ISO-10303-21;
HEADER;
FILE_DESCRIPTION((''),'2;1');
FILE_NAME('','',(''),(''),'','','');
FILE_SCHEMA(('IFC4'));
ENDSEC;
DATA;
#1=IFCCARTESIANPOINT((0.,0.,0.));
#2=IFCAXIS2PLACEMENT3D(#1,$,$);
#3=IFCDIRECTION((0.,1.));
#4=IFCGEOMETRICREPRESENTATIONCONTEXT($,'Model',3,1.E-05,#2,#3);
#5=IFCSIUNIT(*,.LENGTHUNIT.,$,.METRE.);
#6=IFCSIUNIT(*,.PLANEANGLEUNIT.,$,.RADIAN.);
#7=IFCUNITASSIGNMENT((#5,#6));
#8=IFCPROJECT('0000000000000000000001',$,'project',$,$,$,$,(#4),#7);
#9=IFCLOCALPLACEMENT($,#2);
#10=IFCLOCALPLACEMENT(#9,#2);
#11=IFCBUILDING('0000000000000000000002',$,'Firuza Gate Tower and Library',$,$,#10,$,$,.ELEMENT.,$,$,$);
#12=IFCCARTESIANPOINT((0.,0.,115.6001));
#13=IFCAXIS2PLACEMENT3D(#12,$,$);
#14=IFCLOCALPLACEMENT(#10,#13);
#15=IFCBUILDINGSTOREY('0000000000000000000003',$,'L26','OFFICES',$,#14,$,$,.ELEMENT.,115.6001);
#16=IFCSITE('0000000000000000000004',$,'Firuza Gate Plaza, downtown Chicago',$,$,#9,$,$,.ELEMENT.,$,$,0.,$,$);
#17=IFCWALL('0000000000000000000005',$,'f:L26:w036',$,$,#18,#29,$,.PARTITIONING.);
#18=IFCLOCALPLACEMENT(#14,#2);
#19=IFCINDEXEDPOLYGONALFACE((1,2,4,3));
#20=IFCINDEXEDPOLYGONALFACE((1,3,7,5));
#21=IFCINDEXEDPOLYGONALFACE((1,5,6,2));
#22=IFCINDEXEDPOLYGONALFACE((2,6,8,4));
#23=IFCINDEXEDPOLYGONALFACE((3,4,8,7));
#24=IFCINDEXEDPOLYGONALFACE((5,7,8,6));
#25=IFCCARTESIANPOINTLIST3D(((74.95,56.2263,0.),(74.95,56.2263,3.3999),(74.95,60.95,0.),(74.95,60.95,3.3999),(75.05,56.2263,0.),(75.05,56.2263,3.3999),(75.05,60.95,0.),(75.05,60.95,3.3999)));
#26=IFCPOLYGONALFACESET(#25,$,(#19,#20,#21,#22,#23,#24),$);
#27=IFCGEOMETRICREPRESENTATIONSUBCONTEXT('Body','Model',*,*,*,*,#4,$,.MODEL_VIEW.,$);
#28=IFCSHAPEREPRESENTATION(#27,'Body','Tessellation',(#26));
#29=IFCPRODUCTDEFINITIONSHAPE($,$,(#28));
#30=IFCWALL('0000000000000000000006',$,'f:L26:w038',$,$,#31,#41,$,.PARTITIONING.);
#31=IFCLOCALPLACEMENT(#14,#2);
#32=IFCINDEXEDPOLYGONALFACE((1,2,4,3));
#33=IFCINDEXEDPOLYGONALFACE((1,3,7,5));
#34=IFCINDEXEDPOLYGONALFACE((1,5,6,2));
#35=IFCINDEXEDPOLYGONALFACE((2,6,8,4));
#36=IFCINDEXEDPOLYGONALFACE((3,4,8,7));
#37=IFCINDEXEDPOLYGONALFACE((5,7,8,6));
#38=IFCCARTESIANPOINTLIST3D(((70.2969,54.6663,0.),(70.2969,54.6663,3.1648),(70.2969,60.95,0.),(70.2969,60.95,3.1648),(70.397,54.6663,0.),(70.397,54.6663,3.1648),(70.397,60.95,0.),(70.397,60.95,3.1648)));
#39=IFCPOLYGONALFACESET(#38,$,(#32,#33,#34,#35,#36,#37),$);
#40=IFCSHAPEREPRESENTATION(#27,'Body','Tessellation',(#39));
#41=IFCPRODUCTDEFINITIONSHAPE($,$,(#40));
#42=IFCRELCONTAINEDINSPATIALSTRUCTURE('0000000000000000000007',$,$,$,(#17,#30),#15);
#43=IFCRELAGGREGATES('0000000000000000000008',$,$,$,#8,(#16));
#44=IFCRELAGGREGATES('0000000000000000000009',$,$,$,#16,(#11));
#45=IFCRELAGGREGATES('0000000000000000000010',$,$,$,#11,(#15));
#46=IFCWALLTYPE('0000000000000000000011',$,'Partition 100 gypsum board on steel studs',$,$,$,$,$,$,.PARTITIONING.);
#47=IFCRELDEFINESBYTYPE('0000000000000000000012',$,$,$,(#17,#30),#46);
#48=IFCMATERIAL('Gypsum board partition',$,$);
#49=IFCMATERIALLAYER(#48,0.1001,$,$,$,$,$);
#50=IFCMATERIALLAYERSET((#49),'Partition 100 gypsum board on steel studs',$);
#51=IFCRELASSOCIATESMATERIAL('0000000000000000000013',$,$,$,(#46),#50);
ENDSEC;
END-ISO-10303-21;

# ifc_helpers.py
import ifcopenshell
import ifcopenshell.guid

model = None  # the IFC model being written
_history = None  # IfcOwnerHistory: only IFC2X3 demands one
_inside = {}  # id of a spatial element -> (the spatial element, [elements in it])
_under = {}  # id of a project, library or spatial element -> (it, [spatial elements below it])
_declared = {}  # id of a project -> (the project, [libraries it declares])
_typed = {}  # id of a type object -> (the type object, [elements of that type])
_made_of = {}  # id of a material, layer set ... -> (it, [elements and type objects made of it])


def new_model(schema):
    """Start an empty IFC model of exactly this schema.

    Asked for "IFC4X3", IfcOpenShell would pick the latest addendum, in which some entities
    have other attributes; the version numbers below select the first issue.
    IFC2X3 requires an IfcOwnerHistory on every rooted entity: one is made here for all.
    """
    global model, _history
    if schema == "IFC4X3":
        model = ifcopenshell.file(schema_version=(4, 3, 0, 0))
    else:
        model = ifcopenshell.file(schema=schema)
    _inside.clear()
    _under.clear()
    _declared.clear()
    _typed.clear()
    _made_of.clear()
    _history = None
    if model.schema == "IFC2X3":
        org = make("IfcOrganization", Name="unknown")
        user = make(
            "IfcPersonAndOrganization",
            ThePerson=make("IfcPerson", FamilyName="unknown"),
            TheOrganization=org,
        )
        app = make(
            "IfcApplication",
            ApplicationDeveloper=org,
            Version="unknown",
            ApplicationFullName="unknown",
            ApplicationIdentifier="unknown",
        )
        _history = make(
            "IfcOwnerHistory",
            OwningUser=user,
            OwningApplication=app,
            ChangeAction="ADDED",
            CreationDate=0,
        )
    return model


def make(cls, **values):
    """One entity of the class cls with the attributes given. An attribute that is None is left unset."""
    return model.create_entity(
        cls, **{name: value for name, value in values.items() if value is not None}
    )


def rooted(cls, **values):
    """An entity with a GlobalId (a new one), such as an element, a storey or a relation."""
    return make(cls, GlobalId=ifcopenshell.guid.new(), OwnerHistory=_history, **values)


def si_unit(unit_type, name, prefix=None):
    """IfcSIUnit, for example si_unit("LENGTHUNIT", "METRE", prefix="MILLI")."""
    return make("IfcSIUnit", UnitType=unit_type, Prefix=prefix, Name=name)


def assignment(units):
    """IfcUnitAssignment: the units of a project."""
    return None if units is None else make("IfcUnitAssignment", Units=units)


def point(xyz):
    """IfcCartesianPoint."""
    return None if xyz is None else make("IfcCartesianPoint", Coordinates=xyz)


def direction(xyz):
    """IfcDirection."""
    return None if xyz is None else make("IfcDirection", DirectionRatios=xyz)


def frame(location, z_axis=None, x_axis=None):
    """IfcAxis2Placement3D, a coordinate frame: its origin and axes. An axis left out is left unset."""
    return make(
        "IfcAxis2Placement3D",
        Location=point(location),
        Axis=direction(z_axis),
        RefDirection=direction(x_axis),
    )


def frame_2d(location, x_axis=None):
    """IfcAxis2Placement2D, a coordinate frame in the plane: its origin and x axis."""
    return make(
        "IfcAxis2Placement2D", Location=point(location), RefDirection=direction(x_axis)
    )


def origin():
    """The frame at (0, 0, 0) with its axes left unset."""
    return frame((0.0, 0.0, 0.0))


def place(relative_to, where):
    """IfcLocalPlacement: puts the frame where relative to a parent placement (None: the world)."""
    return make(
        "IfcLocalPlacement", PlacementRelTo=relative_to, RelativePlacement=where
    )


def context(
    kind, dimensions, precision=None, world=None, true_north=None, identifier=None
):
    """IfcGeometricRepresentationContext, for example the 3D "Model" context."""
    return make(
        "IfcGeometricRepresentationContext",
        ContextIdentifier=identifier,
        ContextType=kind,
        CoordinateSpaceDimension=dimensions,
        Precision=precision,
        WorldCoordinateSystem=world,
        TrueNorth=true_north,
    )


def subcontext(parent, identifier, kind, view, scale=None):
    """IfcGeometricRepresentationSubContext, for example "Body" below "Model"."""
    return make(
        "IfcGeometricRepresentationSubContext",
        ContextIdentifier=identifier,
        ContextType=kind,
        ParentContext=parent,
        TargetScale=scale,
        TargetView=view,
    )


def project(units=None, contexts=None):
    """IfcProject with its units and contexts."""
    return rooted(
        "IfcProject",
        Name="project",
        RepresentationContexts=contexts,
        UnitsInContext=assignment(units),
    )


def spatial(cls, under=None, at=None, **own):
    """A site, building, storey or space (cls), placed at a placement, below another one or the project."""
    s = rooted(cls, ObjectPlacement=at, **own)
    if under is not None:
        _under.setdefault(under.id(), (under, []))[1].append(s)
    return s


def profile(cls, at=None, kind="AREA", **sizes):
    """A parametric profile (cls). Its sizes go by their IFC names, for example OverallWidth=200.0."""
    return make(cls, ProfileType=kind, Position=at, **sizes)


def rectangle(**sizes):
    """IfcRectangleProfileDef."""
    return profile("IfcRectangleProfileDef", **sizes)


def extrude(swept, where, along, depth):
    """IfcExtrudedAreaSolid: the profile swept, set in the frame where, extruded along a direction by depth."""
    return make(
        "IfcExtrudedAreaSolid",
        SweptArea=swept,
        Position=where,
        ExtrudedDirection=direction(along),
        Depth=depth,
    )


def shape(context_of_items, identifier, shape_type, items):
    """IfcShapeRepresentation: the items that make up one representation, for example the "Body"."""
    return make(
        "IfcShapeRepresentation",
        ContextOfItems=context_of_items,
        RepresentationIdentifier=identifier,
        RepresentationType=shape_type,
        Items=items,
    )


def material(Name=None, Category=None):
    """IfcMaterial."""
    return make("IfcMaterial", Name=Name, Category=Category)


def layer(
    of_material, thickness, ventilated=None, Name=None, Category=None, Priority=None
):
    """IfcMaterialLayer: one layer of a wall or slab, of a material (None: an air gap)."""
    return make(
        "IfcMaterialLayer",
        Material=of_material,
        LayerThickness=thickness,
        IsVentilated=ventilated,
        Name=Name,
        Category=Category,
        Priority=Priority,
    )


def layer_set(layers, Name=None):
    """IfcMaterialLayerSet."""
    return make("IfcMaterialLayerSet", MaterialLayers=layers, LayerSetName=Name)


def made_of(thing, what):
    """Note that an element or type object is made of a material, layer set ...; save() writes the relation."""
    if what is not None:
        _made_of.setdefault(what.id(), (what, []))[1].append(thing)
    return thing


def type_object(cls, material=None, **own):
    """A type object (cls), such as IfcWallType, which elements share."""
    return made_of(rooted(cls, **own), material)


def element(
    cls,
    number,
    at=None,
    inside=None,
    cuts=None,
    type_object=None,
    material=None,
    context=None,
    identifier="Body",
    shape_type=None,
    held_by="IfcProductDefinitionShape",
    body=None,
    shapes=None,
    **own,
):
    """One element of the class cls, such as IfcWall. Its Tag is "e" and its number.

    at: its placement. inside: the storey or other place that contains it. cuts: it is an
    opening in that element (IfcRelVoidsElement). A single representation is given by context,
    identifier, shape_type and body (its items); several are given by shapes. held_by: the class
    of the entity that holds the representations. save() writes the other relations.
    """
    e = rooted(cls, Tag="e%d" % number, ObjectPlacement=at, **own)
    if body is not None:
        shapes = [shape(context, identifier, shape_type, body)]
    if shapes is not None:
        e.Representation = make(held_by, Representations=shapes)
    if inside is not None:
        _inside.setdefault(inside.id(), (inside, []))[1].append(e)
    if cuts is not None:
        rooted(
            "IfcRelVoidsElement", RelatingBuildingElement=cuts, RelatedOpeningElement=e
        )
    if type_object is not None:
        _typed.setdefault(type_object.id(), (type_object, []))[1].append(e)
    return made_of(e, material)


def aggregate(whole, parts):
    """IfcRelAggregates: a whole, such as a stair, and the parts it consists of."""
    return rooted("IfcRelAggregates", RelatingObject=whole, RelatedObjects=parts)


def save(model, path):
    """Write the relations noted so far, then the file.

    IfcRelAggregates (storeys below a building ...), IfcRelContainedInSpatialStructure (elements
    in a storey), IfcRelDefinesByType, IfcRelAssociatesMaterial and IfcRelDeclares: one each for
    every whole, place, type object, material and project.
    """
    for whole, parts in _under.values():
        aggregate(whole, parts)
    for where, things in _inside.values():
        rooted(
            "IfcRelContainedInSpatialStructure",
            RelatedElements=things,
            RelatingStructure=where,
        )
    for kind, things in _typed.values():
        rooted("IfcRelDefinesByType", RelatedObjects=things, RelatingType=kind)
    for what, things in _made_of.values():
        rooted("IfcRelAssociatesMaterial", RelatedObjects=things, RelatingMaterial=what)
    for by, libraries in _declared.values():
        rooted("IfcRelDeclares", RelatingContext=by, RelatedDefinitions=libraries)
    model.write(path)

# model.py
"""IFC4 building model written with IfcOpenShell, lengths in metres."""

from ifc_helpers import new_model, si_unit, direction, frame, frame_2d, origin, place, context, subcontext, project, spatial, rectangle, extrude, material, layer, layer_set, type_object, element, save


model = new_model("IFC4")

# Units and contexts
model_context = context("Model", 3, precision=1e-05, world=origin(), true_north=direction((0.0, 1.0)))
body_context = subcontext(model_context, "Body", "Model", "MODEL_VIEW")
ifc_project = project(units=[si_unit("LENGTHUNIT", "METRE"), si_unit("PLANEANGLEUNIT", "RADIAN")], contexts=[model_context])

# Site, building, storey
site_placement = place(None, origin())
site = spatial("IfcSite", under=ifc_project, at=site_placement, Name="Firuza Gate Plaza, downtown Chicago", CompositionType="ELEMENT", RefElevation=0.0)
building_placement = place(site_placement, origin())
building = spatial("IfcBuilding", under=site, at=building_placement, Name="Firuza Gate Tower and Library", CompositionType="ELEMENT")
storey_placement = place(building_placement, frame((0.0, 0.0, 115.6001)))
storey = spatial("IfcBuildingStorey", under=building, at=storey_placement, Name="L26", Description="OFFICES", CompositionType="ELEMENT", Elevation=115.6001)

# Walls
ifc_material_1 = material(Name="Gypsum board partition")
ifc_layer_1 = layer(ifc_material_1, 0.1001)
ifc_layer_set_1 = layer_set([ifc_layer_1], Name="Partition 100 gypsum board on steel studs")
wall_type = type_object("IfcWallType", Name="Partition 100 gypsum board on steel studs", PredefinedType="PARTITIONING", material=ifc_layer_set_1)
wall_1_placement = place(storey_placement, frame((75.0, 56.2263, 0.0), z_axis=(0.0, 0.0, 1.0), x_axis=(0.0, 1.0, 0.0)))
element("IfcWall", 1, at=wall_1_placement, inside=storey, type_object=wall_type, Name="f:L26:w036", PredefinedType="PARTITIONING", context=body_context, shape_type="SweptSolid", body=[
    extrude(rectangle(XDim=4.7236, YDim=0.1001, at=frame_2d((2.3618, 0.0))), origin(), (0.0, 0.0, 1.0), 3.3999),
])
wall_2_placement = place(storey_placement, frame((70.3469, 54.6663, 0.0), z_axis=(0.0, 0.0, 1.0), x_axis=(0.0, 1.0, 0.0)))
element("IfcWall", 2, at=wall_2_placement, inside=storey, type_object=wall_type, Name="f:L26:w038", PredefinedType="PARTITIONING", context=body_context, shape_type="SweptSolid", body=[
    extrude(rectangle(XDim=6.2837, YDim=0.1001, at=frame_2d((3.1418, 0.0))), origin(), (0.0, 0.0, 1.0), 3.1648),
])

save(model, "model.ifc")
